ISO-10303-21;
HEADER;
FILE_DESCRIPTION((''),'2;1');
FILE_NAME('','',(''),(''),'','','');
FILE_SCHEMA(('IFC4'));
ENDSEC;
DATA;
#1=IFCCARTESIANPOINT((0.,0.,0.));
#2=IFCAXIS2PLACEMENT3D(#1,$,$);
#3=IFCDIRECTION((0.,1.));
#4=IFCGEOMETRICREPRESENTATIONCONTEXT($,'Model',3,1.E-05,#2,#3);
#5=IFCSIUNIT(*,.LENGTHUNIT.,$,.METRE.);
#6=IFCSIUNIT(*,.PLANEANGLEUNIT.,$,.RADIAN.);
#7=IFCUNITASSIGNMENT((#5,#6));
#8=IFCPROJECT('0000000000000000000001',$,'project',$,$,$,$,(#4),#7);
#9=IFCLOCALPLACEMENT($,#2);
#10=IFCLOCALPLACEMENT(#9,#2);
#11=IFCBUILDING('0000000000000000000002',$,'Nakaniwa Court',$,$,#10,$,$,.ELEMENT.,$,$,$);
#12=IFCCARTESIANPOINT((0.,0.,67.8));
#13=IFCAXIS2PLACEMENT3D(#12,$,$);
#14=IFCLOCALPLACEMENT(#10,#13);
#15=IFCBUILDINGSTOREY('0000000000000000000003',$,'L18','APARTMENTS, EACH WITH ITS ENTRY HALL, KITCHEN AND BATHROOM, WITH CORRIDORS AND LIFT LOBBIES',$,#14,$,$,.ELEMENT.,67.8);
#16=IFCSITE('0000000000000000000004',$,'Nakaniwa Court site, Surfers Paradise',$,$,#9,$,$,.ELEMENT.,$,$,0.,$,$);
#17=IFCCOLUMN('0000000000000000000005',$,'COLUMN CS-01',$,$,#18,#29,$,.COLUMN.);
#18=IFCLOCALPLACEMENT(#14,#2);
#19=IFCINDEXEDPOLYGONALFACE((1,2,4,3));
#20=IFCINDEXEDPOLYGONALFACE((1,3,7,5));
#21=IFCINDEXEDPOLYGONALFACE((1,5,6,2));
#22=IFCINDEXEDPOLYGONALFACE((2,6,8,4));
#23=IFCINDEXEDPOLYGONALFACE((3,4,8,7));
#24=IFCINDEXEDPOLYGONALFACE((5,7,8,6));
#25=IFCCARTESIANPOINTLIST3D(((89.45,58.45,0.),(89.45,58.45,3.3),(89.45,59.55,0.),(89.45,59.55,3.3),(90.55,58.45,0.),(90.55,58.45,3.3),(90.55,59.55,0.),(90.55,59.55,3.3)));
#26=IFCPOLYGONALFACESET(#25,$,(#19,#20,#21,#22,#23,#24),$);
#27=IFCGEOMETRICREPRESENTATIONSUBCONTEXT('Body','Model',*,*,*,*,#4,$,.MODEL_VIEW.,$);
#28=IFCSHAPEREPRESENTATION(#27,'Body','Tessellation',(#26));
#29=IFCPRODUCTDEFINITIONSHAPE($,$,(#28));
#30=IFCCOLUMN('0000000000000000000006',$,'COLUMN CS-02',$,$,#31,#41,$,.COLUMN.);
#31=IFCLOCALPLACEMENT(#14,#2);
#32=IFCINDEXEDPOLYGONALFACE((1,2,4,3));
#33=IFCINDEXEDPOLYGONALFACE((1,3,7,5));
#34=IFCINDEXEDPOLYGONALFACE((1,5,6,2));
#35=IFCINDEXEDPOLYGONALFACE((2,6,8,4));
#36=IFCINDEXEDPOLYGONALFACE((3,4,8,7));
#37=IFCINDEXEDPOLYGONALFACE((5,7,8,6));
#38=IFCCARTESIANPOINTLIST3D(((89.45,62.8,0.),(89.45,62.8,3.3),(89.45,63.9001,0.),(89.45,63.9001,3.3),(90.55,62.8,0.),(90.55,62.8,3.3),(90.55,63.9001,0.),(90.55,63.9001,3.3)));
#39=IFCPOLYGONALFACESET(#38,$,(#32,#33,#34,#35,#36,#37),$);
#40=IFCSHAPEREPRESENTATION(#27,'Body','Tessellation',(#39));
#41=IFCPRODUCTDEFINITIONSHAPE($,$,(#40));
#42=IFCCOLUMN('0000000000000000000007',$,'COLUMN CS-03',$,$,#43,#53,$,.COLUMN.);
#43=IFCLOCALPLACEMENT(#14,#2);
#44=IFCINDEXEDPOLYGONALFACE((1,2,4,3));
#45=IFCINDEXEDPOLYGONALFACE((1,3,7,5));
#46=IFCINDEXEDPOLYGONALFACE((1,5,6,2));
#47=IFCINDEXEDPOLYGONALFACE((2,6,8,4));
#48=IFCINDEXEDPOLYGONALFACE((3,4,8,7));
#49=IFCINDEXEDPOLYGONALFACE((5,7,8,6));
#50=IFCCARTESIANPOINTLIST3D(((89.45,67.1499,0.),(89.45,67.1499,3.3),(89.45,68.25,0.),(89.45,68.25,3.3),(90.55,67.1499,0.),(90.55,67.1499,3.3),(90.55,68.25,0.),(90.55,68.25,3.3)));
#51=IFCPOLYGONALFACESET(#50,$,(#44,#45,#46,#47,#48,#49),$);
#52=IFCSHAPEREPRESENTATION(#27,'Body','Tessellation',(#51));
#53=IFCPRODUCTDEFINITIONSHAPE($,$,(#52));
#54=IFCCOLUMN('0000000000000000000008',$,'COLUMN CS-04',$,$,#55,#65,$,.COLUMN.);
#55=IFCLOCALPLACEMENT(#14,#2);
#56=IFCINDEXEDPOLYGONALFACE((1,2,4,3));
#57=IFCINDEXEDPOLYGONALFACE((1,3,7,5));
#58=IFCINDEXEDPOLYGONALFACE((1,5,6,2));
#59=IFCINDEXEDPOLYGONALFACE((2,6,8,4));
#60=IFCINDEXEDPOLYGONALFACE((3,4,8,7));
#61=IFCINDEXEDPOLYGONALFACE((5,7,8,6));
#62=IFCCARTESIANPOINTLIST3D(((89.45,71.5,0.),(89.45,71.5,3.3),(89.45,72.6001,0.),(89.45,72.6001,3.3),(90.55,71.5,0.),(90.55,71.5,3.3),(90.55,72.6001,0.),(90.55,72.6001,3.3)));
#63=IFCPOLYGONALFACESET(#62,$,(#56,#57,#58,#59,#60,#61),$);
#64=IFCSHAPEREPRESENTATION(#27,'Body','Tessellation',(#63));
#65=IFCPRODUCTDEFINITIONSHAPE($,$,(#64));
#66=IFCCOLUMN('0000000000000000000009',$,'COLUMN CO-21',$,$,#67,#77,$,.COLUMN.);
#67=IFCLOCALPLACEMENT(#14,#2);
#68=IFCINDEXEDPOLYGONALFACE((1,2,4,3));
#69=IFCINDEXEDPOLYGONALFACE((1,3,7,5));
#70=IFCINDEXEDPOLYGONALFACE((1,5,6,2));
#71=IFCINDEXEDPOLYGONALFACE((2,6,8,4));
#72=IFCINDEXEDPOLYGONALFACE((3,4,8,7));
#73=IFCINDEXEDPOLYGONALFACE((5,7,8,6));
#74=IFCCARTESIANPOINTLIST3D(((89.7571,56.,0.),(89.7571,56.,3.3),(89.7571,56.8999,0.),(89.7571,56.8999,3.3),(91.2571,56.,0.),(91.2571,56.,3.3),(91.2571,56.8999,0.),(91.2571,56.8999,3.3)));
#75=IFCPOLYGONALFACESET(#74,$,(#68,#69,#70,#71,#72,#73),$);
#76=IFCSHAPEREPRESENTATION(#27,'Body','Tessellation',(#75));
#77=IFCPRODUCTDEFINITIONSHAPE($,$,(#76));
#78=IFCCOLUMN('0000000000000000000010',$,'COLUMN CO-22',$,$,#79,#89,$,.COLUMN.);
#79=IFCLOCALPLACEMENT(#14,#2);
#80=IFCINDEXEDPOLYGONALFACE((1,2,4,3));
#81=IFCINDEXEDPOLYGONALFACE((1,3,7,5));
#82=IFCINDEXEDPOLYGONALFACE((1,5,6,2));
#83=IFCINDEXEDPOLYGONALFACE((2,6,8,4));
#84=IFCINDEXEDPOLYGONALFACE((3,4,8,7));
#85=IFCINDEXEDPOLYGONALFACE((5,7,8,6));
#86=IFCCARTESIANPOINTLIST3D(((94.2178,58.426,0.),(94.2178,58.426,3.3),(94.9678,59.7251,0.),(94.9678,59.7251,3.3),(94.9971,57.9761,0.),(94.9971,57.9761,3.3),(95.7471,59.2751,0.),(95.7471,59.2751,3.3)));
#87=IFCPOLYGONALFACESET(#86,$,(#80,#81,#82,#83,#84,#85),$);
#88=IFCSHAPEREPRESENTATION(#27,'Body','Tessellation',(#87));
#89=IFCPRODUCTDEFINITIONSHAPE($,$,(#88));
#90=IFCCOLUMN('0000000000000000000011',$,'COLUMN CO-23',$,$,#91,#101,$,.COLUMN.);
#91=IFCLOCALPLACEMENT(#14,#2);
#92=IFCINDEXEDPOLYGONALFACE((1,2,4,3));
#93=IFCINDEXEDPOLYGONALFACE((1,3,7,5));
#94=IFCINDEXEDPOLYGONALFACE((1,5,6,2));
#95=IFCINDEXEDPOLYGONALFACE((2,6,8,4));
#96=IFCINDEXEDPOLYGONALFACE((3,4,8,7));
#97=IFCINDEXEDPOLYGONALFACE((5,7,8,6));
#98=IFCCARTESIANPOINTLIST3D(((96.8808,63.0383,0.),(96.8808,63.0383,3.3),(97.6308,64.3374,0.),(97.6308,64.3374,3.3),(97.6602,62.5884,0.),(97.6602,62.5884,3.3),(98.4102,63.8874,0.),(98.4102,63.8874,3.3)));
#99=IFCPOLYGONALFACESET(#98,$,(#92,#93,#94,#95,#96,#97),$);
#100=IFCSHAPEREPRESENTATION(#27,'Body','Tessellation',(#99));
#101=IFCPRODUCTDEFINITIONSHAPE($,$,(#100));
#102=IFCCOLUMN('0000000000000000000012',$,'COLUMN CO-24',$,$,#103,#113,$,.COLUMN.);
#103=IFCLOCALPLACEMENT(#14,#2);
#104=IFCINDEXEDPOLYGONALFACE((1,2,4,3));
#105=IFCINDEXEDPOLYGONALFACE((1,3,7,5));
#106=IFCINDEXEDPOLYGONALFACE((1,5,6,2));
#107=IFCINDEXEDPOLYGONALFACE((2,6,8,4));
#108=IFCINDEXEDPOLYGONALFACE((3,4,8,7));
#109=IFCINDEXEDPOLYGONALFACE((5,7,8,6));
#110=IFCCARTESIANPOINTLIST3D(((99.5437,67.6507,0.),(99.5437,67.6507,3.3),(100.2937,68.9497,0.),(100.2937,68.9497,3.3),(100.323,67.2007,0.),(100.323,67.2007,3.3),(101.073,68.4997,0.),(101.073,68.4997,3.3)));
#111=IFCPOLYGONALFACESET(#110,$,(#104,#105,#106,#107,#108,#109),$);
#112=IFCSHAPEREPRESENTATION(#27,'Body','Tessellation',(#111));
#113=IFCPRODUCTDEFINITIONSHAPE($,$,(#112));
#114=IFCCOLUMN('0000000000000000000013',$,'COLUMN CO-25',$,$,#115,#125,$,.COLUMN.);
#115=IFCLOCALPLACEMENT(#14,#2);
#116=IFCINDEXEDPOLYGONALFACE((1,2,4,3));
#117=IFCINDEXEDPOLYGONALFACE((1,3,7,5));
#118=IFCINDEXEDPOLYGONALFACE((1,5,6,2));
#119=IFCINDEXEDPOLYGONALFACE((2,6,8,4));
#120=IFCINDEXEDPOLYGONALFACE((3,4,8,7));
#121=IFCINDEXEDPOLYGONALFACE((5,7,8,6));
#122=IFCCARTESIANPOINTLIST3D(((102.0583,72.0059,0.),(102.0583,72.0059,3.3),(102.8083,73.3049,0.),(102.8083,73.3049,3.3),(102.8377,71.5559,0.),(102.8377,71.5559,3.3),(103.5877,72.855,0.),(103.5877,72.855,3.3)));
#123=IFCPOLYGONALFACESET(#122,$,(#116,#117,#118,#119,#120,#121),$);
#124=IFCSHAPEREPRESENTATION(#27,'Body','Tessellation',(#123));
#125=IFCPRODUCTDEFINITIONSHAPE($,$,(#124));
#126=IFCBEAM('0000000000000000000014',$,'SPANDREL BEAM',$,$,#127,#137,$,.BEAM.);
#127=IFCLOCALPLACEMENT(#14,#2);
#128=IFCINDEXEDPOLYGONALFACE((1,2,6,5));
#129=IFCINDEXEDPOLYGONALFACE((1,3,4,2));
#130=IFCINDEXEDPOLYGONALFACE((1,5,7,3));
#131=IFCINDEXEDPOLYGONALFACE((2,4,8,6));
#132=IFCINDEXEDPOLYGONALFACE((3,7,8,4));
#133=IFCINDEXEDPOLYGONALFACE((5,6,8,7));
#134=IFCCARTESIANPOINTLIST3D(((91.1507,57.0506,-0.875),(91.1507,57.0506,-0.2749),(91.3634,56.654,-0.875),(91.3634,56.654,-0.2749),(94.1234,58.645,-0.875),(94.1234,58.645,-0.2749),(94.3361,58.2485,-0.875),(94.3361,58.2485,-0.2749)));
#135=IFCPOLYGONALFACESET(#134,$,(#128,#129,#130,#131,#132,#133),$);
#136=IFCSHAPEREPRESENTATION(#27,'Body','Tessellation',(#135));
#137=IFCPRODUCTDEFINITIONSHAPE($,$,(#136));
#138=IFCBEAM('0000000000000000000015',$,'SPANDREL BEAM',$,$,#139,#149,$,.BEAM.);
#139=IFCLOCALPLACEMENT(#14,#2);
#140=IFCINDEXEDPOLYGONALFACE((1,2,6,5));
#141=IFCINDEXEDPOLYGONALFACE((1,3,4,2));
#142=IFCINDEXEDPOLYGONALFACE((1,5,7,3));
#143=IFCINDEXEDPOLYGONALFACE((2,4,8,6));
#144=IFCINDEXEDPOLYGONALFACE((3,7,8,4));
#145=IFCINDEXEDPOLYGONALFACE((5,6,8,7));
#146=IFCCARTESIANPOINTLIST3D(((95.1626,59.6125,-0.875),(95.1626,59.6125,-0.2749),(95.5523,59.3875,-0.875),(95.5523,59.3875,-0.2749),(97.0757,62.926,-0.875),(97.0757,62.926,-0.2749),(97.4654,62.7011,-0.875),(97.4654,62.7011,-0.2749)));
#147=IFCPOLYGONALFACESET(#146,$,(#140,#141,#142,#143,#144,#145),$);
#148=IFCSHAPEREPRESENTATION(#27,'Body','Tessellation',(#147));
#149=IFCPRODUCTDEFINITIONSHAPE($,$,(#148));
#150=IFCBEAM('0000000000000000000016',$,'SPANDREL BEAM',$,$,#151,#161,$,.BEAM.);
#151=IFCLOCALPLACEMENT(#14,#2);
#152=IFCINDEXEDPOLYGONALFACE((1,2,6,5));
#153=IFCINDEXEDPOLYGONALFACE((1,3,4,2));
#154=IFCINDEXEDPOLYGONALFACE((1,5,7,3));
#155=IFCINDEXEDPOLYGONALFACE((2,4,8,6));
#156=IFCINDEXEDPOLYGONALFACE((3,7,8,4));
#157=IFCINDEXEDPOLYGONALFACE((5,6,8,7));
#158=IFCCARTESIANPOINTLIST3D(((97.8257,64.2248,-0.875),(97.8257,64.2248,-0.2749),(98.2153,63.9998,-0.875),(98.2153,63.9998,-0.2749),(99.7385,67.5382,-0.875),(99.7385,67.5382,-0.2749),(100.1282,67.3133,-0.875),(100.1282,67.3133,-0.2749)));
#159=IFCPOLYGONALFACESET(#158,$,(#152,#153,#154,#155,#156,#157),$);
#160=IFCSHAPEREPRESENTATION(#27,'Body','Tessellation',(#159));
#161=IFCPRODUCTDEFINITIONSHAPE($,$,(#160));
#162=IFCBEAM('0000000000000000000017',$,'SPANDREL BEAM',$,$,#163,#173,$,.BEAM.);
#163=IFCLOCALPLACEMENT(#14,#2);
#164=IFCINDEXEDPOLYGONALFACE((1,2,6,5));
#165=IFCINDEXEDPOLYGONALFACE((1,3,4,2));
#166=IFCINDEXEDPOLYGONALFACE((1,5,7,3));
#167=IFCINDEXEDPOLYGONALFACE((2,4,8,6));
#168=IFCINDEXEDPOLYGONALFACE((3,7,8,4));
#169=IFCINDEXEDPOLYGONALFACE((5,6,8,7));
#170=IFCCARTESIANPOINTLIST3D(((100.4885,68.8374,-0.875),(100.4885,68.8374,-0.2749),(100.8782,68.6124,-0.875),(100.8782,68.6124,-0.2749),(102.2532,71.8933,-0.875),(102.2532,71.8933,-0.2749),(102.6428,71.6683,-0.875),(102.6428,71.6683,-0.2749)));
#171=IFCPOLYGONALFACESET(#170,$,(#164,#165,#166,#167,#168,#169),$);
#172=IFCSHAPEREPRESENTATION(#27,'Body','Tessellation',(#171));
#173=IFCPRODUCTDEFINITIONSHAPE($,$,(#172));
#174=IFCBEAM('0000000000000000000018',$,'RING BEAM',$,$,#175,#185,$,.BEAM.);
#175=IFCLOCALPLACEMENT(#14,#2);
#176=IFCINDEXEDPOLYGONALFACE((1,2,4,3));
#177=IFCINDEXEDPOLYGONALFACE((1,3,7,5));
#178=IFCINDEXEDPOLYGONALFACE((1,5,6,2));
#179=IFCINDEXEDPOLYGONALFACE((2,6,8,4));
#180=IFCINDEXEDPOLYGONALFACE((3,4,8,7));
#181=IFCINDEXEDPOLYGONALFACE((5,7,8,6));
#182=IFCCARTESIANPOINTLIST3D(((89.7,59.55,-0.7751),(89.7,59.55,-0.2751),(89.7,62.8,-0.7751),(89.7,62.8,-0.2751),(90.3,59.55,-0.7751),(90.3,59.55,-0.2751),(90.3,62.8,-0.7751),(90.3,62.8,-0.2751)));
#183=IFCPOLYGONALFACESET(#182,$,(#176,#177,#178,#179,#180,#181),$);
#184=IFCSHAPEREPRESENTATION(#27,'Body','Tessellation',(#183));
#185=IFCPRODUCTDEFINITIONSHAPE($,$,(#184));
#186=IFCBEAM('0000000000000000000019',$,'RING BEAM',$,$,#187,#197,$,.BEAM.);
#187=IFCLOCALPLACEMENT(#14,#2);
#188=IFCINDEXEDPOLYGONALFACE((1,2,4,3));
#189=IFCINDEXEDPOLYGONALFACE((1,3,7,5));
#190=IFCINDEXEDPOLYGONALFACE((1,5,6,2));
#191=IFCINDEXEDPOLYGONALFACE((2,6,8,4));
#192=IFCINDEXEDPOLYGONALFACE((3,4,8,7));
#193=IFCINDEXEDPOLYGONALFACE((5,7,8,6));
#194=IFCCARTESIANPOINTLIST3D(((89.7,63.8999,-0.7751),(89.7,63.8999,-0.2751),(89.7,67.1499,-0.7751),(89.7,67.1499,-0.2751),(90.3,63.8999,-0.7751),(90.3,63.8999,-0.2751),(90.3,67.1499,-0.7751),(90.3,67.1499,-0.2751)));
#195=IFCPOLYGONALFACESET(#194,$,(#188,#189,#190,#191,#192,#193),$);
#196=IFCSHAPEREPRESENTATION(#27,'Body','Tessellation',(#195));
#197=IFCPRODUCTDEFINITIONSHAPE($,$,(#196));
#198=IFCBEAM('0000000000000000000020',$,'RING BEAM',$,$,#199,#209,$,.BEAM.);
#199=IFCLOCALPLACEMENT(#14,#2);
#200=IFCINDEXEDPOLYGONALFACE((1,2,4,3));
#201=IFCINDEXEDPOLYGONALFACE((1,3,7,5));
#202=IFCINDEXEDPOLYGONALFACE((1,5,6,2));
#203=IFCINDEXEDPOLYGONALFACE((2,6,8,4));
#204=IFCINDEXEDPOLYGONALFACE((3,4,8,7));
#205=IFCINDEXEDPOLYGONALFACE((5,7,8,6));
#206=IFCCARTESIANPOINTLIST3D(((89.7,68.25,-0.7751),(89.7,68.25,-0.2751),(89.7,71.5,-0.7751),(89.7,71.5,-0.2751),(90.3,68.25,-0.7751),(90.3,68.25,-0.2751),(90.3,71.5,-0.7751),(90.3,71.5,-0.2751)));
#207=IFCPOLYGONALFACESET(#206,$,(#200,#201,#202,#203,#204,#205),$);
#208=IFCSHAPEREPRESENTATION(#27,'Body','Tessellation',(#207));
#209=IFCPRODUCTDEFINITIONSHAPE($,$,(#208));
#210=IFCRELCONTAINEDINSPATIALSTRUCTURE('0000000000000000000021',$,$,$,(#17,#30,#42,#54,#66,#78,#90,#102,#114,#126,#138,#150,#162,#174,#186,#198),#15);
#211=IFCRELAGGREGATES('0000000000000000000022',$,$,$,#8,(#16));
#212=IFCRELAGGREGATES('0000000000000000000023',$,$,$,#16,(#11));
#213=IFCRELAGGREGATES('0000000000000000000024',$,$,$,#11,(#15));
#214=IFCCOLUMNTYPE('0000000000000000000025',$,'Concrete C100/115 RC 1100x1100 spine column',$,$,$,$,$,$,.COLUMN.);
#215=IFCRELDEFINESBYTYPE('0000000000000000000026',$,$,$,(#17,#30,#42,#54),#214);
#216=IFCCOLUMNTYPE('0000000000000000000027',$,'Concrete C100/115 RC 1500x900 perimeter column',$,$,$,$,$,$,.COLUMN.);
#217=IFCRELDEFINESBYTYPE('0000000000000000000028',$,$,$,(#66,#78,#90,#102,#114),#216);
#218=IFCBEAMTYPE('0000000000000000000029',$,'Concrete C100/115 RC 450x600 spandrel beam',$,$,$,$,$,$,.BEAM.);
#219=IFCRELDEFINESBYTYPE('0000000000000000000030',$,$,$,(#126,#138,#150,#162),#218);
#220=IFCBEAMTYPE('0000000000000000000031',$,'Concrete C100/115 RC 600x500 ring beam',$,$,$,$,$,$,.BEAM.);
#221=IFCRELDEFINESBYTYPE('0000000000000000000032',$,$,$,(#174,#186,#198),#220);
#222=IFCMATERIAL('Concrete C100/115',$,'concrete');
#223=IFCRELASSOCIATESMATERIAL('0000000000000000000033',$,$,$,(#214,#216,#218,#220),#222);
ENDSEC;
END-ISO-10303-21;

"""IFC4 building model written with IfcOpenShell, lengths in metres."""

from ifc_helpers import new_model, si_unit, direction, frame, origin, origin_2d, place, context, subcontext, project, spatial, rectangle, extrude, material, material_profile, profile_set, type_object, element, save


model = new_model("IFC4")

# Units and contexts
model_context = context("Model", 3, precision=1e-05, world=origin(), true_north=direction((0.0, 1.0)))
body_context = subcontext(model_context, "Body", "Model", "MODEL_VIEW")
ifc_project = project(units=[si_unit("LENGTHUNIT", "METRE"), si_unit("PLANEANGLEUNIT", "RADIAN")], contexts=[model_context])

# Site, building, storey
site_placement = place(None, origin())
site = spatial("IfcSite", under=ifc_project, at=site_placement, Name="Nakaniwa Court site, Surfers Paradise", CompositionType="ELEMENT", RefElevation=0.0)
building_placement = place(site_placement, origin())
building = spatial("IfcBuilding", under=site, at=building_placement, Name="Nakaniwa Court", CompositionType="ELEMENT")
storey_placement = place(building_placement, frame((0.0, 0.0, 67.8)))
storey = spatial("IfcBuildingStorey", under=building, at=storey_placement, Name="L18", Description="APARTMENTS, EACH WITH ITS ENTRY HALL, KITCHEN AND BATHROOM, WITH CORRIDORS AND LIFT LOBBIES", CompositionType="ELEMENT", Elevation=67.8)

# Columns
ifc_material_1 = material(Name="Concrete C100/115", Category="concrete")
ifc_material_profile_1 = material_profile(ifc_material_1, rectangle(XDim=1.1001, YDim=1.1001, at=origin_2d()), Name="Concrete C100/115 RC 1100x1100 spine column")
ifc_profile_set_1 = profile_set([ifc_material_profile_1], Name="Concrete C100/115")
column_type_1 = type_object("IfcColumnType", Name="Concrete C100/115 RC 1100x1100 spine column", PredefinedType="COLUMN", material=ifc_profile_set_1)
for number, where, z_axis, x_axis, name in (
    (1, (90.0, 59.0, 0.0), (0.0, 0.0, 1.0), (0.0, 1.0, 0.0), "COLUMN CS-01"),
    (2, (90.0, 63.3501, 0.0), (0.0, 0.0, 1.0), (0.0, 1.0, 0.0), "COLUMN CS-02"),
    (3, (90.0, 67.7, 0.0), (0.0, 0.0, 1.0), (0.0, 1.0, 0.0), "COLUMN CS-03"),
    (4, (90.0, 72.05, 0.0), (0.0, 0.0, 1.0), (0.0, 1.0, 0.0), "COLUMN CS-04"),
):
    element("IfcColumn", number, at=place(storey_placement, frame(where, z_axis=z_axis, x_axis=x_axis)), inside=storey, type_object=column_type_1, Name=name, PredefinedType="COLUMN", context=body_context, shape_type="SweptSolid", body=[
        extrude(rectangle(XDim=1.1001, YDim=1.1001, at=origin_2d()), origin(), (0.0, 0.0, 1.0), 3.3),
    ])
ifc_material_profile_2 = material_profile(ifc_material_1, rectangle(XDim=1.5, YDim=0.8999, at=origin_2d()), Name="Concrete C100/115 RC 1500x900 perimeter column")
ifc_profile_set_2 = profile_set([ifc_material_profile_2], Name="Concrete C100/115")
column_type_2 = type_object("IfcColumnType", Name="Concrete C100/115 RC 1500x900 perimeter column", PredefinedType="COLUMN", material=ifc_profile_set_2)
for number, where, z_axis, x_axis, name in (
    (5, (90.5071, 56.45, 0.0), (0.0, 0.0, 1.0), (1.0, 0.0, 0.0), "COLUMN CO-21"),
    (6, (94.9824, 58.8506, 0.0), (0.0, 0.0, 1.0), (0.5, 0.866025, 0.0), "COLUMN CO-22"),
    (7, (97.6455, 63.4629, 0.0), (0.0, 0.0, 1.0), (0.5, 0.866025, 0.0), "COLUMN CO-23"),
    (8, (100.3083, 68.0752, 0.0), (0.0, 0.0, 1.0), (0.5, 0.866025, 0.0), "COLUMN CO-24"),
    (9, (102.823, 72.4304, 0.0), (0.0, 0.0, 1.0), (0.5, 0.866025, 0.0), "COLUMN CO-25"),
):
    element("IfcColumn", number, at=place(storey_placement, frame(where, z_axis=z_axis, x_axis=x_axis)), inside=storey, type_object=column_type_2, Name=name, PredefinedType="COLUMN", context=body_context, shape_type="SweptSolid", body=[
        extrude(rectangle(XDim=1.5, YDim=0.8999, at=origin_2d()), origin(), (0.0, 0.0, 1.0), 3.3),
    ])

# Beams
ifc_material_profile_3 = material_profile(ifc_material_1, rectangle(XDim=0.45, YDim=0.6001, at=origin_2d()), Name="Concrete C100/115 RC 450x600 spandrel beam")
ifc_profile_set_3 = profile_set([ifc_material_profile_3], Name="Concrete C100/115")
beam_type_1 = type_object("IfcBeamType", Name="Concrete C100/115 RC 450x600 spandrel beam", PredefinedType="BEAM", material=ifc_profile_set_3)
beam_1_placement = place(storey_placement, frame((91.2571, 56.8523, -0.575), z_axis=(0.881235, 0.472679, 0.0), x_axis=(-0.472679, 0.881235, 0.0)))
element("IfcBeam", 10, at=beam_1_placement, inside=storey, type_object=beam_type_1, Name="SPANDREL BEAM", PredefinedType="BEAM", context=body_context, shape_type="SweptSolid", body=[
    extrude(rectangle(XDim=0.45, YDim=0.6001, at=origin_2d()), origin(), (0.0, 0.0, 1.0), 3.3733),
])
beam_2_placement = place(storey_placement, frame((95.3574, 59.5, -0.575), z_axis=(0.50001, 0.86602, 0.0), x_axis=(-0.86602, 0.50001, 0.0)))
element("IfcBeam", 11, at=beam_2_placement, inside=storey, type_object=beam_type_1, Name="SPANDREL BEAM", PredefinedType="BEAM", context=body_context, shape_type="SweptSolid", body=[
    extrude(rectangle(XDim=0.45, YDim=0.6001, at=origin_2d()), origin(), (0.0, 0.0, 1.0), 3.8262),
])
beam_3_placement = place(storey_placement, frame((98.0205, 64.1123, -0.575), z_axis=(0.499962, 0.866047, 0.0), x_axis=(-0.866047, 0.499962, 0.0)))
element("IfcBeam", 12, at=beam_3_placement, inside=storey, type_object=beam_type_1, Name="SPANDREL BEAM", PredefinedType="BEAM", context=body_context, shape_type="SweptSolid", body=[
    extrude(rectangle(XDim=0.45, YDim=0.6001, at=origin_2d()), origin(), (0.0, 0.0, 1.0), 3.8259),
])
beam_4_placement = place(storey_placement, frame((100.6833, 68.7249, -0.575), z_axis=(0.500068, 0.865986, 0.0), x_axis=(-0.865986, 0.500068, 0.0)))
element("IfcBeam", 13, at=beam_4_placement, inside=storey, type_object=beam_type_1, Name="SPANDREL BEAM", PredefinedType="BEAM", context=body_context, shape_type="SweptSolid", body=[
    extrude(rectangle(XDim=0.45, YDim=0.6001, at=origin_2d()), origin(), (0.0, 0.0, 1.0), 3.5288),
])
ifc_material_profile_4 = material_profile(ifc_material_1, rectangle(XDim=0.6001, YDim=0.5, at=origin_2d()), Name="Concrete C100/115 RC 600x500 ring beam")
ifc_profile_set_4 = profile_set([ifc_material_profile_4], Name="Concrete C100/115")
beam_type_2 = type_object("IfcBeamType", Name="Concrete C100/115 RC 600x500 ring beam", PredefinedType="BEAM", material=ifc_profile_set_4)
for number, where, z_axis, x_axis, name in (
    (14, (90.0, 59.55, -0.5251), (0.0, 1.0, 0.0), (-1.0, 0.0, 0.0), "RING BEAM"),
    (15, (90.0, 63.8999, -0.5251), (0.0, 1.0, 0.0), (-1.0, 0.0, 0.0), "RING BEAM"),
    (16, (90.0, 68.25, -0.5251), (0.0, 1.0, 0.0), (-1.0, 0.0, 0.0), "RING BEAM"),
):
    element("IfcBeam", number, at=place(storey_placement, frame(where, z_axis=z_axis, x_axis=x_axis)), inside=storey, type_object=beam_type_2, Name=name, PredefinedType="BEAM", context=body_context, shape_type="SweptSolid", body=[
        extrude(rectangle(XDim=0.6001, YDim=0.5, at=origin_2d()), origin(), (0.0, 0.0, 1.0), 3.25),
    ])

save(model, "model.ifc")
